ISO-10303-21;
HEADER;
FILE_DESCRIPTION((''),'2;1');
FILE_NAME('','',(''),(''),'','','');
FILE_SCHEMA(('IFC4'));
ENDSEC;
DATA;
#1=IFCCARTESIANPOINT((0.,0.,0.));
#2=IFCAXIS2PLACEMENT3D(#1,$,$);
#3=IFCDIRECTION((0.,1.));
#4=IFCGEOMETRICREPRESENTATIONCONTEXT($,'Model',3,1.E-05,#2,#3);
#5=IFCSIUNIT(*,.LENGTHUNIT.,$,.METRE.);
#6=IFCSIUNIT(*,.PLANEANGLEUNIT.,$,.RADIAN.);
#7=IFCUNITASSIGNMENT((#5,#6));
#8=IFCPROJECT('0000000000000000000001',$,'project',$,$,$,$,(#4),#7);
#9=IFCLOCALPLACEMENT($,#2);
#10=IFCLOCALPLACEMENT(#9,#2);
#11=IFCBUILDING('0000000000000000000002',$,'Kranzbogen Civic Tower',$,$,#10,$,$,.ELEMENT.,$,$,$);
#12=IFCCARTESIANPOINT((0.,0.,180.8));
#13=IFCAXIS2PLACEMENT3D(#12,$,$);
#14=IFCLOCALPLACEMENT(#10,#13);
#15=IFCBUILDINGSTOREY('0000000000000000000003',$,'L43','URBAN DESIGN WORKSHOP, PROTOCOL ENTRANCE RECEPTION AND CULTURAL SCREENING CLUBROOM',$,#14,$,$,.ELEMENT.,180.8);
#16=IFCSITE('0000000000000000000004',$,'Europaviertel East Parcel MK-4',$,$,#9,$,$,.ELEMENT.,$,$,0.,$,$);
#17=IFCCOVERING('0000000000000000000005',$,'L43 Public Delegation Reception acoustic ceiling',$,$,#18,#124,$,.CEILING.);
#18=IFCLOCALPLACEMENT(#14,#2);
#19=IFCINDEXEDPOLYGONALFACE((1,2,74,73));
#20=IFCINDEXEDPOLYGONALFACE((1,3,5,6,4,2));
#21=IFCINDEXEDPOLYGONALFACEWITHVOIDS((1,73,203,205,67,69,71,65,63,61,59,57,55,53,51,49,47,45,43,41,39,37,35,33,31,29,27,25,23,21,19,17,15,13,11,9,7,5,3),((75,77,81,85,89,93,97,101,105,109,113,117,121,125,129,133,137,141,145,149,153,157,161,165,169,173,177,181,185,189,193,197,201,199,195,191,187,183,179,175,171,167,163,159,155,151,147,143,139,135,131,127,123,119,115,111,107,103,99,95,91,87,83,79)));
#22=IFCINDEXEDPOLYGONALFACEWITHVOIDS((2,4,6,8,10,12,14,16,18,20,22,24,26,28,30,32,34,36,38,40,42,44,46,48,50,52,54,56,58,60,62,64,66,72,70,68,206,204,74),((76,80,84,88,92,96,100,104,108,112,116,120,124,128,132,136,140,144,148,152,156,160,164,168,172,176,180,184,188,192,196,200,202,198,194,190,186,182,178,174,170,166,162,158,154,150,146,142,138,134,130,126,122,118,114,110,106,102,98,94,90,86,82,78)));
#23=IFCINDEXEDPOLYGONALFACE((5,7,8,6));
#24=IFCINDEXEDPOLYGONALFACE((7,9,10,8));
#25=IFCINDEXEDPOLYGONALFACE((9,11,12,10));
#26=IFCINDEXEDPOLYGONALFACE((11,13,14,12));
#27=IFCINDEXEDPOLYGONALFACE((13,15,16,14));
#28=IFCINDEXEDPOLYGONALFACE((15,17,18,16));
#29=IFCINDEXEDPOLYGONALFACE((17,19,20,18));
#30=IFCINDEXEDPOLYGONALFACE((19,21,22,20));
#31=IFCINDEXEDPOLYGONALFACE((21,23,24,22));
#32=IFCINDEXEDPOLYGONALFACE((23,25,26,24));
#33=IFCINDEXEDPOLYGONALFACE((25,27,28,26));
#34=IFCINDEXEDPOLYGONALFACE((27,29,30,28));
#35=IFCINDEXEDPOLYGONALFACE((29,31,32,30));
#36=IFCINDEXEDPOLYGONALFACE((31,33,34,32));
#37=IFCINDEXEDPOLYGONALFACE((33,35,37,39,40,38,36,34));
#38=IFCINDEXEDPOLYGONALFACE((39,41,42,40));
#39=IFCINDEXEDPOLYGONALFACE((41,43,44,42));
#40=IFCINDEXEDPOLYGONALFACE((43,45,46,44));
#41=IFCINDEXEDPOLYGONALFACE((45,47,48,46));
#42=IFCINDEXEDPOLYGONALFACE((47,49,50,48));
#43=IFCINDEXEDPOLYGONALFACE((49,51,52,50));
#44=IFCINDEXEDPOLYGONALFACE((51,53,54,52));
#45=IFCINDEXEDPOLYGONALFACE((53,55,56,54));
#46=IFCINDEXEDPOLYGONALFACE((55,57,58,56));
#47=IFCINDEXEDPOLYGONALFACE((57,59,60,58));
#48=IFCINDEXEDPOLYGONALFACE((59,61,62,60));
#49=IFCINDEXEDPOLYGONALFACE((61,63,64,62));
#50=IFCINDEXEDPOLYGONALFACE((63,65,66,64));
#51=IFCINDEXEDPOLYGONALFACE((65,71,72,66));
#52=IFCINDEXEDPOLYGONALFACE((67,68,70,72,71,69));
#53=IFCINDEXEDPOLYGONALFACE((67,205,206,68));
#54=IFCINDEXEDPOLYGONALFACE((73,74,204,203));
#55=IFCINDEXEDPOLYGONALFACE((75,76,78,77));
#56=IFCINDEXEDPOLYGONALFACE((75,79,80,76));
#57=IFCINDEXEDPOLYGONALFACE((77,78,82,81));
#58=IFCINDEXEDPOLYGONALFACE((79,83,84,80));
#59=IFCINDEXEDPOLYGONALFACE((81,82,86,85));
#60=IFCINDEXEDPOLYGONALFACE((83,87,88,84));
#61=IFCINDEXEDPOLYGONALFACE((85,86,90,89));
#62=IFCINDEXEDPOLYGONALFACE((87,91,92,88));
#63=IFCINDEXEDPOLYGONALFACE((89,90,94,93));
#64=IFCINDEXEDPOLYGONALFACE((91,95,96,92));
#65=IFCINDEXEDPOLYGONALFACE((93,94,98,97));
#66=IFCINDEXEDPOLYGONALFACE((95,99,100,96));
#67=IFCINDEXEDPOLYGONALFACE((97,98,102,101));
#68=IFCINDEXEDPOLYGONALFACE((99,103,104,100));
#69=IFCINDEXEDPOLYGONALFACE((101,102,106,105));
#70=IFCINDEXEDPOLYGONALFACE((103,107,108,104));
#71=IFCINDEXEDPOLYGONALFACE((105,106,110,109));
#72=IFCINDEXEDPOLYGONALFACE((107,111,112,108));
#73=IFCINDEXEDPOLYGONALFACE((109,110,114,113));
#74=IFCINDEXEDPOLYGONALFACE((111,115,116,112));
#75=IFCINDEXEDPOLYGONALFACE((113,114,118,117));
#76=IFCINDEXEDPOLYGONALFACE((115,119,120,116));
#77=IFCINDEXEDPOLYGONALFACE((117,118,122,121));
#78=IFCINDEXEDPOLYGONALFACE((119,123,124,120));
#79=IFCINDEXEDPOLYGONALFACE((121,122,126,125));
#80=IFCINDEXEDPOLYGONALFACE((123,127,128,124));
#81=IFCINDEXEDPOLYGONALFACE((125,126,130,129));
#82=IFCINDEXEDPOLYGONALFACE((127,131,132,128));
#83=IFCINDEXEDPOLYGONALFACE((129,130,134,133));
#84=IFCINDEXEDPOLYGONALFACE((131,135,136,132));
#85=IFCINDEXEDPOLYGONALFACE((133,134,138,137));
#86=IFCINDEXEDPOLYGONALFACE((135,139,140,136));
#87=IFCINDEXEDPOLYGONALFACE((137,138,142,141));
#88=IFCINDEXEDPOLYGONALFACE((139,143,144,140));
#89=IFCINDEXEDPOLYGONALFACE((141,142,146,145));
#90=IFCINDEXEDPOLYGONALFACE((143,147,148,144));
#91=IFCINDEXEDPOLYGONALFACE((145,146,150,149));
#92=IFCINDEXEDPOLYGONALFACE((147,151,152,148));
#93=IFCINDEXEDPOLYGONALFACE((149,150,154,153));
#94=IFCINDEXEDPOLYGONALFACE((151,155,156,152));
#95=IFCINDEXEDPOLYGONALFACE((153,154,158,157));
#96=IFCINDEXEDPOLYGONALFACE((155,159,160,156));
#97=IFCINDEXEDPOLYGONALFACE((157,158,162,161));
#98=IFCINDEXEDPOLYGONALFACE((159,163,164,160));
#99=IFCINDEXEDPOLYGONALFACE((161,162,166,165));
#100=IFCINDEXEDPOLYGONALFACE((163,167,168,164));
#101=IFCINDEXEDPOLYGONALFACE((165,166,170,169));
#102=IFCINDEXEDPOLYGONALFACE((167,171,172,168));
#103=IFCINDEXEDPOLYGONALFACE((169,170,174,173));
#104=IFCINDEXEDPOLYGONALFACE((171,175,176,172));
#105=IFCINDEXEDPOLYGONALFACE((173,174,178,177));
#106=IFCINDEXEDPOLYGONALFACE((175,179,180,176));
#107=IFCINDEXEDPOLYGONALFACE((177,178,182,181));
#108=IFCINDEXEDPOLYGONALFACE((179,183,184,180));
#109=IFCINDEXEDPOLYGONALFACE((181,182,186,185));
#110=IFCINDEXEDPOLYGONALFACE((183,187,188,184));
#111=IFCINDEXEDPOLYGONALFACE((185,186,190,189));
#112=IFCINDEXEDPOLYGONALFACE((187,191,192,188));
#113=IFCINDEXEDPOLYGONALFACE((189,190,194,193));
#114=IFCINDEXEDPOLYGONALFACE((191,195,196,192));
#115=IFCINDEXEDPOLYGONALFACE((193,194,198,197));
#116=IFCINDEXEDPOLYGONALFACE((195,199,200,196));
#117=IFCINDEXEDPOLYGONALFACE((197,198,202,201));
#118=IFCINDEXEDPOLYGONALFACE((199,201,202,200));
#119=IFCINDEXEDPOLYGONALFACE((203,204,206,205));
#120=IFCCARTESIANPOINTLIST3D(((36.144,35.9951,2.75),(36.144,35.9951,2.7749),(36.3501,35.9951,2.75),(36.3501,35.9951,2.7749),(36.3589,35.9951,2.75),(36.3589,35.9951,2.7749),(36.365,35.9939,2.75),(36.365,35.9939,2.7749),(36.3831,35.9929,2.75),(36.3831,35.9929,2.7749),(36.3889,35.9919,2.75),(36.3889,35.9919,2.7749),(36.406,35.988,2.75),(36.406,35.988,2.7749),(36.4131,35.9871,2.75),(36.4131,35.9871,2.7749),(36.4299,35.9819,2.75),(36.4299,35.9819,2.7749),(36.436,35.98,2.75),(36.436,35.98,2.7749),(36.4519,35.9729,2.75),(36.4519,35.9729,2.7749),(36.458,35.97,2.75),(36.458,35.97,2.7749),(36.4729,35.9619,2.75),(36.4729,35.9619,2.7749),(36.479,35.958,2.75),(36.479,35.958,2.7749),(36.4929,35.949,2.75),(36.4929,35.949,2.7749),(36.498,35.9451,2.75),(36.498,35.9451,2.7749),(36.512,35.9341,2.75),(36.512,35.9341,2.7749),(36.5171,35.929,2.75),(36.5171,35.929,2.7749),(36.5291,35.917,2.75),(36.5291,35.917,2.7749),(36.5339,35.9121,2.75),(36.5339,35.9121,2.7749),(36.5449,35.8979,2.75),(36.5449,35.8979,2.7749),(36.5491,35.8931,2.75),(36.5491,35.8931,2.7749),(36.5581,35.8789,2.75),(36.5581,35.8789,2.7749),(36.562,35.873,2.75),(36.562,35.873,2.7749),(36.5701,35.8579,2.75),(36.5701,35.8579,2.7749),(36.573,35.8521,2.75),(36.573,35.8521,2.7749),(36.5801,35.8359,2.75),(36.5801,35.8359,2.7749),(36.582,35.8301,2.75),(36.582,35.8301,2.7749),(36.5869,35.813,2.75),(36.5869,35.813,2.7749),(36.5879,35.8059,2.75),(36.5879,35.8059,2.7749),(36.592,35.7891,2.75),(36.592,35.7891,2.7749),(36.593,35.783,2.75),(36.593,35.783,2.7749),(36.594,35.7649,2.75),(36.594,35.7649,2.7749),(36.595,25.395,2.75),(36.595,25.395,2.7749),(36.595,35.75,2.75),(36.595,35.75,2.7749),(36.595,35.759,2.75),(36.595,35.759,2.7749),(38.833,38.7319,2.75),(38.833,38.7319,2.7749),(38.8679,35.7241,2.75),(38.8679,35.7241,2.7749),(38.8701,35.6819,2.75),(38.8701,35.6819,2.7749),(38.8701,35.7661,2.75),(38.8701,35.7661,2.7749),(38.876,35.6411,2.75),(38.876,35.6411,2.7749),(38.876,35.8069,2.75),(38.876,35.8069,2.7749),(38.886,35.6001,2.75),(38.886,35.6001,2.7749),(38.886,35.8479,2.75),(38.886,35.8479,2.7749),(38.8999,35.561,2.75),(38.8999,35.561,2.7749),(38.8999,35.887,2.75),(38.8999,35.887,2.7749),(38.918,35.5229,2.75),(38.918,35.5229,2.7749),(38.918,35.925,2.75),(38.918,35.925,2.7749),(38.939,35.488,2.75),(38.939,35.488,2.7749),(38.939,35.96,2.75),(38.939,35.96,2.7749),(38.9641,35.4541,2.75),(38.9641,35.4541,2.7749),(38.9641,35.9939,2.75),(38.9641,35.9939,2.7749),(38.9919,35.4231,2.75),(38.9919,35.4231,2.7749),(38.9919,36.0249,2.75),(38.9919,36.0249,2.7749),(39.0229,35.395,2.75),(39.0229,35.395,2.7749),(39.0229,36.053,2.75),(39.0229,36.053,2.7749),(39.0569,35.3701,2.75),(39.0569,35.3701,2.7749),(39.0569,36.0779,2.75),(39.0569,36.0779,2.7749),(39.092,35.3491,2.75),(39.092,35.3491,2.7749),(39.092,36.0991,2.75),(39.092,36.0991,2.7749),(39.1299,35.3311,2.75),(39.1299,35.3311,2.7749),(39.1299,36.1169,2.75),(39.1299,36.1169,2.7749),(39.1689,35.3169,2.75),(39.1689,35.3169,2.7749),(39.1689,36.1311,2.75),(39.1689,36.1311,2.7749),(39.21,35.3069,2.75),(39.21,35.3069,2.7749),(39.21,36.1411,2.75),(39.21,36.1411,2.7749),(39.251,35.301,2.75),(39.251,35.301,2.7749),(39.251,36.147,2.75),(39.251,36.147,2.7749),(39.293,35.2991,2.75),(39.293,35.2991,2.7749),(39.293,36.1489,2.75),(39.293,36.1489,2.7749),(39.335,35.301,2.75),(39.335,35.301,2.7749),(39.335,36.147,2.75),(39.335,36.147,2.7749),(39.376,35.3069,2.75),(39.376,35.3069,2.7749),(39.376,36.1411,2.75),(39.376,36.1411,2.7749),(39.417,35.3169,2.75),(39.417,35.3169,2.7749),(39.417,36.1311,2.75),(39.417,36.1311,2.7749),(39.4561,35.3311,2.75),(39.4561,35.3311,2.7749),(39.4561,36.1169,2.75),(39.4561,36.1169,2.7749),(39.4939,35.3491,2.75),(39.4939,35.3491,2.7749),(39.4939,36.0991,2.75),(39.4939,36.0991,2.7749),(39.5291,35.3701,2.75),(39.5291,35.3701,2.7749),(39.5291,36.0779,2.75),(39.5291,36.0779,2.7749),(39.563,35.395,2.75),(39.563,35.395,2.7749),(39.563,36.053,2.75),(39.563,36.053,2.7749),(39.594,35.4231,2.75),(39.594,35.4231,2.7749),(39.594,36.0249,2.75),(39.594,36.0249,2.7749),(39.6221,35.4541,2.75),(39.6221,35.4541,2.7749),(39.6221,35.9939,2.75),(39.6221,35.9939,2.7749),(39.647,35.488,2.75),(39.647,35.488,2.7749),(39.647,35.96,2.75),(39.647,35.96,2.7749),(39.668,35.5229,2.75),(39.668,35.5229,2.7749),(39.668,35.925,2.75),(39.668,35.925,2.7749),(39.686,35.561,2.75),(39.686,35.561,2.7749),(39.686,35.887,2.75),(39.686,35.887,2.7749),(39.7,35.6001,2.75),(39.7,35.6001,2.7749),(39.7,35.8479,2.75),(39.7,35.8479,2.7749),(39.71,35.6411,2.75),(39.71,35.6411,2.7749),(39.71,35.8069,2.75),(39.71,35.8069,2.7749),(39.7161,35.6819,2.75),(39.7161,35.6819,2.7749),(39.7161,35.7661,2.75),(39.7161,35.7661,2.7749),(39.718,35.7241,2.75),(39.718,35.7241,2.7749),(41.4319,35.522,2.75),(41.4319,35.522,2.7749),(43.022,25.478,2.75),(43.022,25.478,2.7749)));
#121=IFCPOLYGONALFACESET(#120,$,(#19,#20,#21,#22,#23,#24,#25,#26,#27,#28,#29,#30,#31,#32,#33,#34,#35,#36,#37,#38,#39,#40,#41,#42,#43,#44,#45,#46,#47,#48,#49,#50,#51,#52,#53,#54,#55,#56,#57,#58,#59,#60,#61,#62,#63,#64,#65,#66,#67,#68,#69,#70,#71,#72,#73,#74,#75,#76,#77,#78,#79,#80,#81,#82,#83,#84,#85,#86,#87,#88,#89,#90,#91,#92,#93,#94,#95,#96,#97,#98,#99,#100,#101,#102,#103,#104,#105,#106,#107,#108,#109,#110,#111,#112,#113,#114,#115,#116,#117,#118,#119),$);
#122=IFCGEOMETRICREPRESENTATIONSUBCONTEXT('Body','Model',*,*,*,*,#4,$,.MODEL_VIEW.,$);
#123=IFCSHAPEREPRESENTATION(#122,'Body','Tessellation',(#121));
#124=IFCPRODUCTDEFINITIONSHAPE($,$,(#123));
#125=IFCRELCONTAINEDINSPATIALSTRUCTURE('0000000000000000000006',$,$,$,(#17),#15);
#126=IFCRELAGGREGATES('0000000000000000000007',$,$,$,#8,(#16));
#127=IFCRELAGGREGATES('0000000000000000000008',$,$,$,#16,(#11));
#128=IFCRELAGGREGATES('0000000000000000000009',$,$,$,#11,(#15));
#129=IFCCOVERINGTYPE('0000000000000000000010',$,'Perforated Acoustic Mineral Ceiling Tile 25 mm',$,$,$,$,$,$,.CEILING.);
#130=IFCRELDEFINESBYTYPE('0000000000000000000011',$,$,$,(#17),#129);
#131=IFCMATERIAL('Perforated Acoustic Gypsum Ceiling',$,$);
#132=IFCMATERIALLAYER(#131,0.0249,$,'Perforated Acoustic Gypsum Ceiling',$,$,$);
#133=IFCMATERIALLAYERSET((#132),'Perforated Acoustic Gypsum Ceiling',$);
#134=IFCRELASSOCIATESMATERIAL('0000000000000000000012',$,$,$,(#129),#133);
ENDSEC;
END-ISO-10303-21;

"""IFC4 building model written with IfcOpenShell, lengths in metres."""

from ifc_helpers import new_model, si_unit, direction, frame, origin, place, context, subcontext, project, spatial, polyline, outline, extrude, material, layer, layer_set, type_object, element, save


model = new_model("IFC4")

# Units and contexts
model_context = context("Model", 3, precision=1e-05, world=origin(), true_north=direction((0.0, 1.0)))
body_context = subcontext(model_context, "Body", "Model", "MODEL_VIEW")
ifc_project = project(units=[si_unit("LENGTHUNIT", "METRE"), si_unit("PLANEANGLEUNIT", "RADIAN")], contexts=[model_context])

# Site, building, storey
site_placement = place(None, origin())
site = spatial("IfcSite", under=ifc_project, at=site_placement, Name="Europaviertel East Parcel MK-4", CompositionType="ELEMENT", RefElevation=0.0)
building_placement = place(site_placement, origin())
building = spatial("IfcBuilding", under=site, at=building_placement, Name="Kranzbogen Civic Tower", CompositionType="ELEMENT")
storey_placement = place(building_placement, frame((0.0, 0.0, 180.8)))
storey = spatial("IfcBuildingStorey", under=building, at=storey_placement, Name="L43", Description="URBAN DESIGN WORKSHOP, PROTOCOL ENTRANCE RECEPTION AND CULTURAL SCREENING CLUBROOM", CompositionType="ELEMENT", Elevation=180.8)

# Covering
ifc_material_1 = material(Name="Perforated Acoustic Gypsum Ceiling")
ifc_layer_1 = layer(ifc_material_1, 0.0249, Name="Perforated Acoustic Gypsum Ceiling")
ifc_layer_set_1 = layer_set([ifc_layer_1], Name="Perforated Acoustic Gypsum Ceiling")
covering_type_1 = type_object("IfcCoveringType", Name="Perforated Acoustic Mineral Ceiling Tile 25 mm", PredefinedType="CEILING", material=ifc_layer_set_1)
covering_1_placement = place(storey_placement, frame((0.0, 0.0, 2.75)))
element("IfcCovering", 1, at=covering_1_placement, inside=storey, type_object=covering_type_1, Name="L43 Public Delegation Reception acoustic ceiling", PredefinedType="CEILING", context=body_context, shape_type="SweptSolid", body=[
    extrude(outline(polyline([(36.595, 25.395), (36.595, 35.75), (36.595, 35.759), (36.594, 35.7649), (36.593, 35.783), (36.592, 35.7891), (36.5879, 35.8059), (36.5869, 35.813), (36.582, 35.8301), (36.5801, 35.8359), (36.573, 35.8521), (36.5701, 35.8579), (36.562, 35.873), (36.5581, 35.8789), (36.5491, 35.8931), (36.5449, 35.8979), (36.5339, 35.9121), (36.5291, 35.917), (36.5171, 35.929), (36.512, 35.9341), (36.498, 35.9451), (36.4929, 35.949), (36.479, 35.958), (36.4729, 35.9619), (36.458, 35.97), (36.4519, 35.9729), (36.436, 35.98), (36.4299, 35.9819), (36.4131, 35.9871), (36.406, 35.988), (36.3889, 35.9919), (36.3831, 35.9929), (36.365, 35.9939), (36.3589, 35.9951), (36.3501, 35.9951), (36.144, 35.9951), (38.833, 38.7319), (41.4319, 35.522), (43.022, 25.478), (36.595, 25.395)]), holes=[polyline([(39.686, 35.561), (39.668, 35.5229), (39.647, 35.488), (39.6221, 35.4541), (39.594, 35.4231), (39.563, 35.395), (39.5291, 35.3701), (39.4939, 35.3491), (39.4561, 35.3311), (39.417, 35.3169), (39.376, 35.3069), (39.335, 35.301), (39.293, 35.2991), (39.251, 35.301), (39.21, 35.3069), (39.1689, 35.3169), (39.1299, 35.3311), (39.092, 35.3491), (39.0569, 35.3701), (39.0229, 35.395), (38.9919, 35.4231), (38.9641, 35.4541), (38.939, 35.488), (38.918, 35.5229), (38.8999, 35.561), (38.886, 35.6001), (38.876, 35.6411), (38.8701, 35.6819), (38.8679, 35.7241), (38.8701, 35.7661), (38.876, 35.8069), (38.886, 35.8479), (38.8999, 35.887), (38.918, 35.925), (38.939, 35.96), (38.9641, 35.9939), (38.9919, 36.0249), (39.0229, 36.053), (39.0569, 36.0779), (39.092, 36.0991), (39.1299, 36.1169), (39.1689, 36.1311), (39.21, 36.1411), (39.251, 36.147), (39.293, 36.1489), (39.335, 36.147), (39.376, 36.1411), (39.417, 36.1311), (39.4561, 36.1169), (39.4939, 36.0991), (39.5291, 36.0779), (39.563, 36.053), (39.594, 36.0249), (39.6221, 35.9939), (39.647, 35.96), (39.668, 35.925), (39.686, 35.887), (39.7, 35.8479), (39.71, 35.8069), (39.7161, 35.7661), (39.718, 35.7241), (39.7161, 35.6819), (39.71, 35.6411), (39.7, 35.6001), (39.686, 35.561)])]), origin(), (0.0, 0.0, 1.0), 0.0249),
])

save(model, "model.ifc")
